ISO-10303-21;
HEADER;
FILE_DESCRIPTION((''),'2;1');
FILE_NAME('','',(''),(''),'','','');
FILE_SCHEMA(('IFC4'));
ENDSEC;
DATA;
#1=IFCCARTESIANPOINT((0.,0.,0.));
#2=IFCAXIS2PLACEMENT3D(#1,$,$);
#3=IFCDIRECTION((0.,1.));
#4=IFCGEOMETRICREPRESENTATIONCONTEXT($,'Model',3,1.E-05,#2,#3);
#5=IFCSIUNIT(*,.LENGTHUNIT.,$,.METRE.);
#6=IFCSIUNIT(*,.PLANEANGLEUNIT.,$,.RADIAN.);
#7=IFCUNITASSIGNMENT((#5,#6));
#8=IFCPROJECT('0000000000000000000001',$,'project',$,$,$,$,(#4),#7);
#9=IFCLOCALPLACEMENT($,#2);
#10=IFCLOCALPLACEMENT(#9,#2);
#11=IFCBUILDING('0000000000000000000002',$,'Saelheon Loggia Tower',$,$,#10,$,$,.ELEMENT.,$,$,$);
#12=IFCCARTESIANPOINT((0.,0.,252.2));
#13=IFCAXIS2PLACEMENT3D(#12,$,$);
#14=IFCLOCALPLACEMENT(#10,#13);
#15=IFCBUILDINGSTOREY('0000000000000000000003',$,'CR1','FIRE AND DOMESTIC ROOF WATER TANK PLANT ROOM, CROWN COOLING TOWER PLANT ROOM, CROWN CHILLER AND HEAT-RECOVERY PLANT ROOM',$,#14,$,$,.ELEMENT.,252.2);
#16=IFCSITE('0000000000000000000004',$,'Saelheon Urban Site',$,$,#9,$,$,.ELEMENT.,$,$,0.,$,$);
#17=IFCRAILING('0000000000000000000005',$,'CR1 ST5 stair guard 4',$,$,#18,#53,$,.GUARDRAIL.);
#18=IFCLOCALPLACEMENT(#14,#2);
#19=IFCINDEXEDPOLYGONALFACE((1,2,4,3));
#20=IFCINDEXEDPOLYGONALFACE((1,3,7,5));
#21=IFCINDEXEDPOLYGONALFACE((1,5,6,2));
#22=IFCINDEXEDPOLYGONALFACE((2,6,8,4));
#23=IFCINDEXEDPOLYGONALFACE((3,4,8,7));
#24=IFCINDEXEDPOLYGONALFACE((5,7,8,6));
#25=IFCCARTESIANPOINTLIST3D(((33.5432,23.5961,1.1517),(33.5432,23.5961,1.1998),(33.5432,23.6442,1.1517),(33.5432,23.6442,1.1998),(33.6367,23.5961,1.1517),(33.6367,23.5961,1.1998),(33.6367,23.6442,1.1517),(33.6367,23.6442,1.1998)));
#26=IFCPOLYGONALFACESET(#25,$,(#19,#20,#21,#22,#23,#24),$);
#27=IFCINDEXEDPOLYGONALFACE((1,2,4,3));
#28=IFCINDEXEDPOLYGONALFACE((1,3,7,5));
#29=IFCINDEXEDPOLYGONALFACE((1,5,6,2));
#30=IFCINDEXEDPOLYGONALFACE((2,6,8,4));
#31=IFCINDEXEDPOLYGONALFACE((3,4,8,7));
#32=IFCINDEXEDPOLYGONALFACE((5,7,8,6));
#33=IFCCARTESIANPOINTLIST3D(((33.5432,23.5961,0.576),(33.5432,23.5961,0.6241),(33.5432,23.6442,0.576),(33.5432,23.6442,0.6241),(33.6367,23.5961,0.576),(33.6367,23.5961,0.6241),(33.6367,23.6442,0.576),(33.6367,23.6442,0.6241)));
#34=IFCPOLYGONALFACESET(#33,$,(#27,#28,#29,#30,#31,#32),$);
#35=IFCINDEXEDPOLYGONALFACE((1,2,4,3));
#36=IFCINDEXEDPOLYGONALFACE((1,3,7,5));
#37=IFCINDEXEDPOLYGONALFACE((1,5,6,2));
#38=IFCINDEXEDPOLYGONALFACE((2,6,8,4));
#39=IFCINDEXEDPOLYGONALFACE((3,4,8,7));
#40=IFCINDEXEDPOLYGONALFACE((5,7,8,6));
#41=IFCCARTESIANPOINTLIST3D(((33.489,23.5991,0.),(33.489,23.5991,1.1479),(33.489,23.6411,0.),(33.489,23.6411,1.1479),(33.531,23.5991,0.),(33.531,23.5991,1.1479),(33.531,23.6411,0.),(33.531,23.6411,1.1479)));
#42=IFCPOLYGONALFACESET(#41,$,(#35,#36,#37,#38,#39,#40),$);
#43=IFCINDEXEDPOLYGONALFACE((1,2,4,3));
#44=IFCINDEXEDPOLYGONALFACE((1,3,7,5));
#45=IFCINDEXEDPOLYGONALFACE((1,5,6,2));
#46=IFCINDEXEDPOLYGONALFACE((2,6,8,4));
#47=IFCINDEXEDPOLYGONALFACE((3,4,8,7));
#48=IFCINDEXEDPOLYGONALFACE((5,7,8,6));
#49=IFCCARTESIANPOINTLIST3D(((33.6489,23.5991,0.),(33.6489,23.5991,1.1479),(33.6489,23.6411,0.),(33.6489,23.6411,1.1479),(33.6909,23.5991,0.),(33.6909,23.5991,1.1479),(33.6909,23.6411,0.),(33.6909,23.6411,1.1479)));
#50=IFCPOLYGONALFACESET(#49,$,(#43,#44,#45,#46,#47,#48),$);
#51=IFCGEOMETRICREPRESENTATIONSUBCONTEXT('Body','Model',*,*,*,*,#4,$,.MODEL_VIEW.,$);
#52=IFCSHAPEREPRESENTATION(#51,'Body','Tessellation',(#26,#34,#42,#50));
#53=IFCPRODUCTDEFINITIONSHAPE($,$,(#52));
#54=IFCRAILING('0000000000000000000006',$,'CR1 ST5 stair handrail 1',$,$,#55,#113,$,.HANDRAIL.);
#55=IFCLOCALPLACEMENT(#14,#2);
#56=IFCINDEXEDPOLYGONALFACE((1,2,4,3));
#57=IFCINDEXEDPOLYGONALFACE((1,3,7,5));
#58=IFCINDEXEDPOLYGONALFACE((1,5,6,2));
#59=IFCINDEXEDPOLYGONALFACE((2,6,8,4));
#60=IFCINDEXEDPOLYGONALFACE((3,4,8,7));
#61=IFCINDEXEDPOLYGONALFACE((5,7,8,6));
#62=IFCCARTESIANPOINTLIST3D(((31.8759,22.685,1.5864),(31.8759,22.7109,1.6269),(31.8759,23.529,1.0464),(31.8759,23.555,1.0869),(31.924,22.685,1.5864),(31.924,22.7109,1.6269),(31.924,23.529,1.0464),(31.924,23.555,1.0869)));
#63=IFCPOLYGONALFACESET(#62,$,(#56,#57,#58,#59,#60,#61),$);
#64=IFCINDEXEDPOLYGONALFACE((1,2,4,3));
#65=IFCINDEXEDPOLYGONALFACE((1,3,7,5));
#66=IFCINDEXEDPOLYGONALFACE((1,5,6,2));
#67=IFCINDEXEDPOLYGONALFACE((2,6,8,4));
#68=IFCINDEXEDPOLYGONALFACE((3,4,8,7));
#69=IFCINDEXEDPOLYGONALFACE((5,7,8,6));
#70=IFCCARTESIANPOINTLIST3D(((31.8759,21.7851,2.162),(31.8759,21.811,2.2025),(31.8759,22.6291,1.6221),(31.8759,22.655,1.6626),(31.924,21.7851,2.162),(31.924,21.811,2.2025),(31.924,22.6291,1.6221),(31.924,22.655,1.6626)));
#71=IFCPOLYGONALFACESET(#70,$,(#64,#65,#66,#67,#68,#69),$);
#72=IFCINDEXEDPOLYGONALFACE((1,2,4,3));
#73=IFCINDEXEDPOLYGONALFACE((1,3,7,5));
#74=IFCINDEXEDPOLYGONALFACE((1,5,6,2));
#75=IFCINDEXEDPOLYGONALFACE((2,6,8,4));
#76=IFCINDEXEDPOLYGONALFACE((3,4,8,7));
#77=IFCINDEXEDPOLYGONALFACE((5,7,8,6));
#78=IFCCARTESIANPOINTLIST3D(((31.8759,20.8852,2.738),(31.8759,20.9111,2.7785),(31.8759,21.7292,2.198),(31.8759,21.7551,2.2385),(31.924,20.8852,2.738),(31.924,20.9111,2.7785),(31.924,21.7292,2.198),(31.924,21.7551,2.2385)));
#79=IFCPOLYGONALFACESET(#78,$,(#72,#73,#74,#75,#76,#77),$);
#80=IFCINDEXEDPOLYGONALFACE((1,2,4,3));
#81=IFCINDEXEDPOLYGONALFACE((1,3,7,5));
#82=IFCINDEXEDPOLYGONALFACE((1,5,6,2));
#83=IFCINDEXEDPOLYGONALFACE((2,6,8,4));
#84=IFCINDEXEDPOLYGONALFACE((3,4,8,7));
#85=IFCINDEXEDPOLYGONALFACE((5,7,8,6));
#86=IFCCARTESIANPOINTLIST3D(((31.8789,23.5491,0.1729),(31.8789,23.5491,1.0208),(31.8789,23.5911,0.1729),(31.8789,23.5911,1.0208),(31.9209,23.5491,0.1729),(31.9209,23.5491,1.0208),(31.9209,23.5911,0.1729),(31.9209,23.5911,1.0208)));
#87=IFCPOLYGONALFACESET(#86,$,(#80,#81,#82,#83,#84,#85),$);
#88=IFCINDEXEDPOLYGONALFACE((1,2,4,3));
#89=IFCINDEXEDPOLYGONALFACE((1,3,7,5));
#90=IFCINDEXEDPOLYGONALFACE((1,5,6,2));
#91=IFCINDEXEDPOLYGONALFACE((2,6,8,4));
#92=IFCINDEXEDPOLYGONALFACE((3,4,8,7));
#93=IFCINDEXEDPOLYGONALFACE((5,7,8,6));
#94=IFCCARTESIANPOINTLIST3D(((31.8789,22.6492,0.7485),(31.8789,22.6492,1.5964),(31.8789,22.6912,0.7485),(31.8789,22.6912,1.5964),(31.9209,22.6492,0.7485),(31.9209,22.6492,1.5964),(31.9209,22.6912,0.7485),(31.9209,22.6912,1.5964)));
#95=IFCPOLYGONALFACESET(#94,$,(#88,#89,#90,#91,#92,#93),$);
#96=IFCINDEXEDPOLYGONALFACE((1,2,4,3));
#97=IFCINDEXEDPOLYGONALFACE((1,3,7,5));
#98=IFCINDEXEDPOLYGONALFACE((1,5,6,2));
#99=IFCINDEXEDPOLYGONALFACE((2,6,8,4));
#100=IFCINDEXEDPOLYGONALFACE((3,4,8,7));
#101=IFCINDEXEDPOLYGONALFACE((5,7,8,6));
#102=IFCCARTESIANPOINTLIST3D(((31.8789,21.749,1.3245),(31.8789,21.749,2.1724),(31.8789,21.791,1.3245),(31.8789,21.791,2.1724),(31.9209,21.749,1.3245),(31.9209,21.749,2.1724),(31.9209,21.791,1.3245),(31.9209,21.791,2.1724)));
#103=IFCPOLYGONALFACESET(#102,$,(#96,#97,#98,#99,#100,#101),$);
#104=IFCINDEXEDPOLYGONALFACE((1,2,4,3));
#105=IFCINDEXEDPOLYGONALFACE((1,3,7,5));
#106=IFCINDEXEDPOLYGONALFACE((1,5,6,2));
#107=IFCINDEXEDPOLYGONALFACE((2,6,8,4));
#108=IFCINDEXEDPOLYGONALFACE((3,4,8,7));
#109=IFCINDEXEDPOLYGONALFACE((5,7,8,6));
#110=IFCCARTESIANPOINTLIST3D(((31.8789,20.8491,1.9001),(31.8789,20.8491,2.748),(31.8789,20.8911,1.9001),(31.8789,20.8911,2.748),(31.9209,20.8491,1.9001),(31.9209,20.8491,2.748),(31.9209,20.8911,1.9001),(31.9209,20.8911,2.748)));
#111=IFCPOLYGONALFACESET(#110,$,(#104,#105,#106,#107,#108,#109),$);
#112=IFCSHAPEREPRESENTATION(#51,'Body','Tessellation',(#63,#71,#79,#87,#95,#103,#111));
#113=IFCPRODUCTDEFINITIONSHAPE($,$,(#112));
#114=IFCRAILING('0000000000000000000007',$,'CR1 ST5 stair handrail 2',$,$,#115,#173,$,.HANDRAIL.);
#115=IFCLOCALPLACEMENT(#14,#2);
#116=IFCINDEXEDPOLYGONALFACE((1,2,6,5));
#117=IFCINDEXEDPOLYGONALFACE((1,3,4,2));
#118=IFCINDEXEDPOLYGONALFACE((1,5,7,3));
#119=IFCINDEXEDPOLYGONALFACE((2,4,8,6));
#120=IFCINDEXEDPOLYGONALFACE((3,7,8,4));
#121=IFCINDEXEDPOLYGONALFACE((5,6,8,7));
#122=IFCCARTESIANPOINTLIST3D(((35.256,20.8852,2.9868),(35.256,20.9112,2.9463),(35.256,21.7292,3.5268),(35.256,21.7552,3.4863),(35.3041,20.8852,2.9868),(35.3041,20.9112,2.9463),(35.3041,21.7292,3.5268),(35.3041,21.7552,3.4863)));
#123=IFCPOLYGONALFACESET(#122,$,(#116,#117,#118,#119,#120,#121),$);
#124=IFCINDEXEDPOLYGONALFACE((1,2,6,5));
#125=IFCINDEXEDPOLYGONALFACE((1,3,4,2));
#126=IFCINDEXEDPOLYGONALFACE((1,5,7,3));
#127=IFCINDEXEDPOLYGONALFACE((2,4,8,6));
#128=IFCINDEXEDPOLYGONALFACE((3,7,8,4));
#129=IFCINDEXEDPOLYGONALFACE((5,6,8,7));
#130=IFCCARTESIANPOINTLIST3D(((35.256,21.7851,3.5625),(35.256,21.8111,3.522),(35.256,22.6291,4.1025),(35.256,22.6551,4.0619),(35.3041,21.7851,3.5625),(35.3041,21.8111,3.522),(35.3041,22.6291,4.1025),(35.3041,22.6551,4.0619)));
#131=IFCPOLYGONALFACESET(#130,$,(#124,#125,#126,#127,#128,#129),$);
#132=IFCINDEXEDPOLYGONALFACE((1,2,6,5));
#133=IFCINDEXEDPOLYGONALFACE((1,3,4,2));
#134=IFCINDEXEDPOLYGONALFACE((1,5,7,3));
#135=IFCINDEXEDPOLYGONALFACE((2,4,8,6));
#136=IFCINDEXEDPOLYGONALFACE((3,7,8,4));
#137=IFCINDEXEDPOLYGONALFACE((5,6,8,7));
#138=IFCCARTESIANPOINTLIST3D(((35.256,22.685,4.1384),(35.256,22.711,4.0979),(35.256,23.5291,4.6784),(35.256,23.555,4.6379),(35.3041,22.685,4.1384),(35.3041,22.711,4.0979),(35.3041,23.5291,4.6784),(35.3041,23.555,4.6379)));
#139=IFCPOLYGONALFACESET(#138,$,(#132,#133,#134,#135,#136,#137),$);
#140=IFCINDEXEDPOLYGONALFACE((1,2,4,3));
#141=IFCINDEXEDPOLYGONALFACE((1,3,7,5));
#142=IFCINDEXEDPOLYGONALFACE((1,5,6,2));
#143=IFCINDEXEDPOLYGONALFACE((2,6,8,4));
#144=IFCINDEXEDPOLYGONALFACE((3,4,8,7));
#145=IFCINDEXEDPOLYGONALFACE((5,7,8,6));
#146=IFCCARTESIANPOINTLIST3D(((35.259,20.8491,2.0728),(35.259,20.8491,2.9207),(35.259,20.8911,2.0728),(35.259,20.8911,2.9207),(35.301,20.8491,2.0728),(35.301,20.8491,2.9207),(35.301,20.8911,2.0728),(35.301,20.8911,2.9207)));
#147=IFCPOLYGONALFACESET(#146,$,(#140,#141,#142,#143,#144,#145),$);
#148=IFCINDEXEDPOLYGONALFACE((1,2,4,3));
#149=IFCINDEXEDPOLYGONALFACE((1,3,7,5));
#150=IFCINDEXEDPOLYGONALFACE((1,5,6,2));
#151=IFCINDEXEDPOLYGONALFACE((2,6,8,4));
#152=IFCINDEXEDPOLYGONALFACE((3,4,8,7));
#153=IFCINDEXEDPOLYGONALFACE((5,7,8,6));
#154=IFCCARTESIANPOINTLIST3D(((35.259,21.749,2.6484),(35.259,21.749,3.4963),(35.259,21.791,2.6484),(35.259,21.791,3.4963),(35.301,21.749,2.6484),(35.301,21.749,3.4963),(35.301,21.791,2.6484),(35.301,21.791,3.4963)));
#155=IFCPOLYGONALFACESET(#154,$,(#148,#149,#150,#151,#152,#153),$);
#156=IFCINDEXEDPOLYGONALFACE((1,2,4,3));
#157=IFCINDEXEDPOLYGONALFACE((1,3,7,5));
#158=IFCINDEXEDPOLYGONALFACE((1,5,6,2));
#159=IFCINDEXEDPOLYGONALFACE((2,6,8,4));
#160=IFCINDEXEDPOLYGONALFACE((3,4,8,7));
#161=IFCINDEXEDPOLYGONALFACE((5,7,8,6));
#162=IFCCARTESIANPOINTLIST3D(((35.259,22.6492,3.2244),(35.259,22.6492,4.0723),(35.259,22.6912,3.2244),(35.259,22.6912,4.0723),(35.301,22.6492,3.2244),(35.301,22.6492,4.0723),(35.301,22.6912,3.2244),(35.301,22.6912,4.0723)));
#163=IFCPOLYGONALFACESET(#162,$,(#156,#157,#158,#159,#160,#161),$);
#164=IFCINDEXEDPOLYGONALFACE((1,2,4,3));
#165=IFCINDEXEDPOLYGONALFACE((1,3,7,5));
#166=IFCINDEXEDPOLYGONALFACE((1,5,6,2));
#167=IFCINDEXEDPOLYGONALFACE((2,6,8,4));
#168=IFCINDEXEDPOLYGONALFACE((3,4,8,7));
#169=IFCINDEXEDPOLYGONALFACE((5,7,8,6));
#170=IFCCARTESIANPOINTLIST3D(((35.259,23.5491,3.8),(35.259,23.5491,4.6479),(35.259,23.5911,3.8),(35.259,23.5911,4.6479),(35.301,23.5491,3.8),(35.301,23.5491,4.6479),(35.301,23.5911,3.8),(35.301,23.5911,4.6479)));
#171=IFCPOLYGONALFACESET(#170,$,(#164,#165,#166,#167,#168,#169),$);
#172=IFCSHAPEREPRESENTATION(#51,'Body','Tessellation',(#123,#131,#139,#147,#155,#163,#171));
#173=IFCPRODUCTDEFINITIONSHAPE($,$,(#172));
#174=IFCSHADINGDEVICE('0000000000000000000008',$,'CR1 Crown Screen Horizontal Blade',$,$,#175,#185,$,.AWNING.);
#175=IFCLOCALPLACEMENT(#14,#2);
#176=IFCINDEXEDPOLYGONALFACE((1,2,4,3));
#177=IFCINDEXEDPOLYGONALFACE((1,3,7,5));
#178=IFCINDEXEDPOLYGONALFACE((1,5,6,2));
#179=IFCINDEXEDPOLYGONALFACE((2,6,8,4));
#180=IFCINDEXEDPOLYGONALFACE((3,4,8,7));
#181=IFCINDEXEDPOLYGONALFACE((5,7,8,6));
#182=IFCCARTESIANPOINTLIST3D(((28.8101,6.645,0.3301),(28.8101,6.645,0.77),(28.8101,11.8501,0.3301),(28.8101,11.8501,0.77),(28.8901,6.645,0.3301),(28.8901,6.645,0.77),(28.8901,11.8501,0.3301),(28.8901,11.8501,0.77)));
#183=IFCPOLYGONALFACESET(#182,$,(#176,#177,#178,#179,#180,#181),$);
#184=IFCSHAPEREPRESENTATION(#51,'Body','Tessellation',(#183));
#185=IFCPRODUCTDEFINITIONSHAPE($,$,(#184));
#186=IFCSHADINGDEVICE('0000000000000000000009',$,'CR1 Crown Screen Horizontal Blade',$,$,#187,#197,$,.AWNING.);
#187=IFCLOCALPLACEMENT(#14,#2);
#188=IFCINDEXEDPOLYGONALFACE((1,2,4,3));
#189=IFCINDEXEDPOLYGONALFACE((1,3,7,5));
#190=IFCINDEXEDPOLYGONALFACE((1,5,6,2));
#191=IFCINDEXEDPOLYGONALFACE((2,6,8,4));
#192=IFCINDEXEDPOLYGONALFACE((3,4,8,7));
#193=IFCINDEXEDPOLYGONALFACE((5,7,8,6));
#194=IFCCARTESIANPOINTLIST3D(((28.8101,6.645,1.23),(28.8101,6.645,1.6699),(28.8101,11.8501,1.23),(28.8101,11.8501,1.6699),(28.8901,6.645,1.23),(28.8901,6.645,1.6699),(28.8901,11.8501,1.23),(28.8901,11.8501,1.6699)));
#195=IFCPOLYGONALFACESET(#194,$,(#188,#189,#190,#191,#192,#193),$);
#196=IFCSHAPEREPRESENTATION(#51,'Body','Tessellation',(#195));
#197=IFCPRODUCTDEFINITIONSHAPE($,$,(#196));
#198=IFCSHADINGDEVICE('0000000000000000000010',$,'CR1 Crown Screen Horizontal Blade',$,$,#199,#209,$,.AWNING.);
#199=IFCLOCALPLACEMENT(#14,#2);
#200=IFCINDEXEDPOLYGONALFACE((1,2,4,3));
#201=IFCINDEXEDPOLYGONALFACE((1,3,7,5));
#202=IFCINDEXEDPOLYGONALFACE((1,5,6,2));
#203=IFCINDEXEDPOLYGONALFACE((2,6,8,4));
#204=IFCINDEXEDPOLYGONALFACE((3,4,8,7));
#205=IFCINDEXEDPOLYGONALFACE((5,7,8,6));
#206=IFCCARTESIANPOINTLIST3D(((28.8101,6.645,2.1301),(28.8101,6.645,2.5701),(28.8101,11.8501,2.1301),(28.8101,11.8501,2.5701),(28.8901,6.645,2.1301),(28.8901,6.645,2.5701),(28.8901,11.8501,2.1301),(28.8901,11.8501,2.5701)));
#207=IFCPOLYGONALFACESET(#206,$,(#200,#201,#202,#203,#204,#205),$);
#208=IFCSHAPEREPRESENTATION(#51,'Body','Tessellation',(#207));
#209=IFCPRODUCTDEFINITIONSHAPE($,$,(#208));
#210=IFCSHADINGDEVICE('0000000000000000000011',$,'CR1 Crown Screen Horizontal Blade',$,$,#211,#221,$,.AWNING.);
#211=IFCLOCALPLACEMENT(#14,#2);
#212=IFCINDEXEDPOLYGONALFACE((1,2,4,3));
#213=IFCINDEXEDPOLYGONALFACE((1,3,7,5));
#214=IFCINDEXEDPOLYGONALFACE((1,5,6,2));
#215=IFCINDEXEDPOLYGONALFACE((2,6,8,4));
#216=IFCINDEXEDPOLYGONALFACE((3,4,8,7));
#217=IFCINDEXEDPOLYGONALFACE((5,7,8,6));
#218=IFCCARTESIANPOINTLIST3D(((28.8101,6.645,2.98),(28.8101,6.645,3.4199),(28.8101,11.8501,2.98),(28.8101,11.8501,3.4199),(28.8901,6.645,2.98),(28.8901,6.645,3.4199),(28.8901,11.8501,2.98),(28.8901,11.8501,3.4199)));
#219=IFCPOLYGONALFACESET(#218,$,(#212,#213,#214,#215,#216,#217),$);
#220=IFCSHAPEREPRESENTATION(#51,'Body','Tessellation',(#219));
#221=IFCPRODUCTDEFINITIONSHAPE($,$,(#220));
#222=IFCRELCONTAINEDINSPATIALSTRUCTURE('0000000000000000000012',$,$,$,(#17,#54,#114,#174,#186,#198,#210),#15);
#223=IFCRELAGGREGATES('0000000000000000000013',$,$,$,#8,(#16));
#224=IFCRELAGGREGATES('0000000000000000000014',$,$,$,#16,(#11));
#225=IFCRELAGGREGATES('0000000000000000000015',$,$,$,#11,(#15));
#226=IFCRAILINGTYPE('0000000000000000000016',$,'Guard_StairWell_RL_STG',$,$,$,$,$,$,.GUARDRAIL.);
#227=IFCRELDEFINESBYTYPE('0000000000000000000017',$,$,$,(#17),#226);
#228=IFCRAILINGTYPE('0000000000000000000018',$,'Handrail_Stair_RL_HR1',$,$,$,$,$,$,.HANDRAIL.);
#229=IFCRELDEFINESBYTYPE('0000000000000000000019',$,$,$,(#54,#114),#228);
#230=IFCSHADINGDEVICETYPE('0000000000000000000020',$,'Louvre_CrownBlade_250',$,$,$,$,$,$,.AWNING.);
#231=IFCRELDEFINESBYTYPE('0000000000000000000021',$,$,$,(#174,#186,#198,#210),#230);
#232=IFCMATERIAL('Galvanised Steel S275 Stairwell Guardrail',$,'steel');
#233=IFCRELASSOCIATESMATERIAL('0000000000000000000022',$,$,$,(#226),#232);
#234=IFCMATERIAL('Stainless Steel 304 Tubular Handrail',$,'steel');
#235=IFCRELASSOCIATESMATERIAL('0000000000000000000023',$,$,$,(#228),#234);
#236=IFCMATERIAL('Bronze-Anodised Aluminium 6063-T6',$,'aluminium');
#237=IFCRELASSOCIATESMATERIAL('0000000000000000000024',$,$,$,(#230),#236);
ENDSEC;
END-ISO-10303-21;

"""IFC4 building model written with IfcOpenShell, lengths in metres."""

from ifc_helpers import new_model, si_unit, direction, frame, origin, origin_2d, place, context, subcontext, project, spatial, rectangle, extrude, source, transform, mapped, material, material_profile, profile_set, type_object, element, save


model = new_model("IFC4")

# Units and contexts
model_context = context("Model", 3, precision=1e-05, world=origin(), true_north=direction((0.0, 1.0)))
body_context = subcontext(model_context, "Body", "Model", "MODEL_VIEW")
ifc_project = project(units=[si_unit("LENGTHUNIT", "METRE"), si_unit("PLANEANGLEUNIT", "RADIAN")], contexts=[model_context])

# Site, building, storey
site_placement = place(None, origin())
site = spatial("IfcSite", under=ifc_project, at=site_placement, Name="Saelheon Urban Site", CompositionType="ELEMENT", RefElevation=0.0)
building_placement = place(site_placement, origin())
building = spatial("IfcBuilding", under=site, at=building_placement, Name="Saelheon Loggia Tower", CompositionType="ELEMENT")
storey_placement = place(building_placement, frame((0.0, 0.0, 252.2)))
storey = spatial("IfcBuildingStorey", under=building, at=storey_placement, Name="CR1", Description="FIRE AND DOMESTIC ROOF WATER TANK PLANT ROOM, CROWN COOLING TOWER PLANT ROOM, CROWN CHILLER AND HEAT-RECOVERY PLANT ROOM", CompositionType="ELEMENT", Elevation=252.2)

# Shared definitions
ifc_material_1 = material(Name="Bronze-Anodised Aluminium 6063-T6", Category="aluminium")

# Railings
ifc_material_2 = material(Name="Galvanised Steel S275 Stairwell Guardrail", Category="steel")
railing_type_1 = type_object("IfcRailingType", Name="Guard_StairWell_RL_STG", PredefinedType="GUARDRAIL", material=ifc_material_2)
railing_1_placement = place(storey_placement, frame((33.51, 23.6201, 0.0)))
element("IfcRailing", 1, at=railing_1_placement, inside=storey, type_object=railing_type_1, Name="CR1 ST5 stair guard 4", PredefinedType="GUARDRAIL", context=body_context, shape_type="SweptSolid", body=[
    extrude(rectangle(XDim=0.0481, YDim=0.0481, at=origin_2d()), frame((0.0332, 0.0, 1.1758), z_axis=(1.0, 0.0, 0.0), x_axis=(0.0, 1.0, 0.0)), (0.0, 0.0, 1.0), 0.0935),
    extrude(rectangle(XDim=0.0481, YDim=0.0481, at=origin_2d()), frame((0.0332, 0.0, 0.6001), z_axis=(1.0, 0.0, 0.0), x_axis=(0.0, 1.0, 0.0)), (0.0, 0.0, 1.0), 0.0935),
    extrude(rectangle(XDim=0.042, YDim=0.042, at=origin_2d()), origin(), (0.0, 0.0, 1.0), 1.1479),
    extrude(rectangle(XDim=0.042, YDim=0.042, at=origin_2d()), frame((0.1599, 0.0, 0.0)), (0.0, 0.0, 1.0), 1.1479),
])
ifc_material_3 = material(Name="Stainless Steel 304 Tubular Handrail", Category="steel")
railing_type_2 = type_object("IfcRailingType", Name="Handrail_Stair_RL_HR1", PredefinedType="HANDRAIL", material=ifc_material_3)
railing_2_placement = place(storey_placement, frame((31.8999, 23.5701, 0.1729)))
element("IfcRailing", 2, at=railing_2_placement, inside=storey, type_object=railing_type_2, Name="CR1 ST5 stair handrail 1", PredefinedType="HANDRAIL", context=body_context, shape_type="SweptSolid", body=[
    extrude(rectangle(XDim=0.0481, YDim=0.0481, at=origin_2d()), frame((0.0, -0.0281, 0.8938), z_axis=(0.0, -0.842367, 0.538905), x_axis=(1.0, 0.0, 0.0)), (0.0, 0.0, 1.0), 1.002),
    extrude(rectangle(XDim=0.0481, YDim=0.0481, at=origin_2d()), frame((0.0, -0.928, 1.4695), z_axis=(0.0, -0.842367, 0.538905), x_axis=(1.0, 0.0, 0.0)), (0.0, 0.0, 1.0), 1.002),
    extrude(rectangle(XDim=0.0481, YDim=0.0481, at=origin_2d()), frame((0.0, -1.8279, 2.0454), z_axis=(0.0, -0.842367, 0.538905), x_axis=(1.0, 0.0, 0.0)), (0.0, 0.0, 1.0), 1.002),
    extrude(rectangle(XDim=0.042, YDim=0.042, at=origin_2d()), origin(), (0.0, 0.0, 1.0), 0.8479),
    extrude(rectangle(XDim=0.042, YDim=0.042, at=origin_2d()), frame((0.0, -0.8999, 0.5757)), (0.0, 0.0, 1.0), 0.8479),
    extrude(rectangle(XDim=0.042, YDim=0.042, at=origin_2d()), frame((0.0, -1.8, 1.1516)), (0.0, 0.0, 1.0), 0.8479),
    extrude(rectangle(XDim=0.042, YDim=0.042, at=origin_2d()), frame((0.0, -2.7, 1.7273)), (0.0, 0.0, 1.0), 0.8479),
])
railing_3_placement = place(storey_placement, frame((35.28, 20.8701, 2.0728)))
element("IfcRailing", 3, at=railing_3_placement, inside=storey, type_object=railing_type_2, Name="CR1 ST5 stair handrail 2", PredefinedType="HANDRAIL", context=body_context, shape_type="SweptSolid", body=[
    extrude(rectangle(XDim=0.0481, YDim=0.0481, at=origin_2d()), frame((0.0, 0.0281, 0.8938), z_axis=(0.0, 0.842367, 0.538905), x_axis=(-1.0, 0.0, 0.0)), (0.0, 0.0, 1.0), 1.002),
    extrude(rectangle(XDim=0.0481, YDim=0.0481, at=origin_2d()), frame((0.0, 0.928, 1.4695), z_axis=(0.0, 0.842367, 0.538905), x_axis=(-1.0, 0.0, 0.0)), (0.0, 0.0, 1.0), 1.002),
    extrude(rectangle(XDim=0.0481, YDim=0.0481, at=origin_2d()), frame((0.0, 1.8279, 2.0454), z_axis=(0.0, 0.842367, 0.538905), x_axis=(-1.0, 0.0, 0.0)), (0.0, 0.0, 1.0), 1.002),
    extrude(rectangle(XDim=0.042, YDim=0.042, at=origin_2d()), origin(), (0.0, 0.0, 1.0), 0.8479),
    extrude(rectangle(XDim=0.042, YDim=0.042, at=origin_2d()), frame((0.0, 0.8999, 0.5757)), (0.0, 0.0, 1.0), 0.8479),
    extrude(rectangle(XDim=0.042, YDim=0.042, at=origin_2d()), frame((0.0, 1.8, 1.1516)), (0.0, 0.0, 1.0), 0.8479),
    extrude(rectangle(XDim=0.042, YDim=0.042, at=origin_2d()), frame((0.0, 2.7, 1.7273)), (0.0, 0.0, 1.0), 0.8479),
])

# Shading devices
ifc_material_profile_1 = material_profile(ifc_material_1, rectangle(XDim=0.0801, YDim=0.4399, at=origin_2d()), Name="Louvre_CrownBlade_250")
ifc_profile_set_1 = profile_set([ifc_material_profile_1], Name="Bronze-Anodised Aluminium 6063-T6")
shading_device_type = type_object("IfcShadingDeviceType", Name="Louvre_CrownBlade_250", PredefinedType="AWNING", material=ifc_profile_set_1)
shared_shape_1 = source(origin(), body_context, "Body", "SweptSolid", [
    extrude(rectangle(XDim=0.0801, YDim=0.4399, at=origin_2d()), origin(), (0.0, 0.0, 1.0), 5.2051),
])
for number, where, z_axis, x_axis, name in (
    (4, (28.8501, 11.8501, 0.55), (0.0, -1.0, 0.0), (1.0, 0.0, 0.0), "CR1 Crown Screen Horizontal Blade"),
    (5, (28.8501, 11.8501, 1.45), (0.0, -1.0, 0.0), (1.0, 0.0, 0.0), "CR1 Crown Screen Horizontal Blade"),
    (6, (28.8501, 11.8501, 2.3501), (0.0, -1.0, 0.0), (1.0, 0.0, 0.0), "CR1 Crown Screen Horizontal Blade"),
    (7, (28.8501, 11.8501, 3.2), (0.0, -1.0, 0.0), (1.0, 0.0, 0.0), "CR1 Crown Screen Horizontal Blade"),
):
    element("IfcShadingDevice", number, at=place(storey_placement, frame(where, z_axis=z_axis, x_axis=x_axis)), inside=storey, type_object=shading_device_type, Name=name, PredefinedType="AWNING", context=body_context, shape_type="MappedRepresentation", body=[
        mapped(shared_shape_1, transform((0.0, 0.0, 0.0), scale=1.0)),
    ])

save(model, "model.ifc")
